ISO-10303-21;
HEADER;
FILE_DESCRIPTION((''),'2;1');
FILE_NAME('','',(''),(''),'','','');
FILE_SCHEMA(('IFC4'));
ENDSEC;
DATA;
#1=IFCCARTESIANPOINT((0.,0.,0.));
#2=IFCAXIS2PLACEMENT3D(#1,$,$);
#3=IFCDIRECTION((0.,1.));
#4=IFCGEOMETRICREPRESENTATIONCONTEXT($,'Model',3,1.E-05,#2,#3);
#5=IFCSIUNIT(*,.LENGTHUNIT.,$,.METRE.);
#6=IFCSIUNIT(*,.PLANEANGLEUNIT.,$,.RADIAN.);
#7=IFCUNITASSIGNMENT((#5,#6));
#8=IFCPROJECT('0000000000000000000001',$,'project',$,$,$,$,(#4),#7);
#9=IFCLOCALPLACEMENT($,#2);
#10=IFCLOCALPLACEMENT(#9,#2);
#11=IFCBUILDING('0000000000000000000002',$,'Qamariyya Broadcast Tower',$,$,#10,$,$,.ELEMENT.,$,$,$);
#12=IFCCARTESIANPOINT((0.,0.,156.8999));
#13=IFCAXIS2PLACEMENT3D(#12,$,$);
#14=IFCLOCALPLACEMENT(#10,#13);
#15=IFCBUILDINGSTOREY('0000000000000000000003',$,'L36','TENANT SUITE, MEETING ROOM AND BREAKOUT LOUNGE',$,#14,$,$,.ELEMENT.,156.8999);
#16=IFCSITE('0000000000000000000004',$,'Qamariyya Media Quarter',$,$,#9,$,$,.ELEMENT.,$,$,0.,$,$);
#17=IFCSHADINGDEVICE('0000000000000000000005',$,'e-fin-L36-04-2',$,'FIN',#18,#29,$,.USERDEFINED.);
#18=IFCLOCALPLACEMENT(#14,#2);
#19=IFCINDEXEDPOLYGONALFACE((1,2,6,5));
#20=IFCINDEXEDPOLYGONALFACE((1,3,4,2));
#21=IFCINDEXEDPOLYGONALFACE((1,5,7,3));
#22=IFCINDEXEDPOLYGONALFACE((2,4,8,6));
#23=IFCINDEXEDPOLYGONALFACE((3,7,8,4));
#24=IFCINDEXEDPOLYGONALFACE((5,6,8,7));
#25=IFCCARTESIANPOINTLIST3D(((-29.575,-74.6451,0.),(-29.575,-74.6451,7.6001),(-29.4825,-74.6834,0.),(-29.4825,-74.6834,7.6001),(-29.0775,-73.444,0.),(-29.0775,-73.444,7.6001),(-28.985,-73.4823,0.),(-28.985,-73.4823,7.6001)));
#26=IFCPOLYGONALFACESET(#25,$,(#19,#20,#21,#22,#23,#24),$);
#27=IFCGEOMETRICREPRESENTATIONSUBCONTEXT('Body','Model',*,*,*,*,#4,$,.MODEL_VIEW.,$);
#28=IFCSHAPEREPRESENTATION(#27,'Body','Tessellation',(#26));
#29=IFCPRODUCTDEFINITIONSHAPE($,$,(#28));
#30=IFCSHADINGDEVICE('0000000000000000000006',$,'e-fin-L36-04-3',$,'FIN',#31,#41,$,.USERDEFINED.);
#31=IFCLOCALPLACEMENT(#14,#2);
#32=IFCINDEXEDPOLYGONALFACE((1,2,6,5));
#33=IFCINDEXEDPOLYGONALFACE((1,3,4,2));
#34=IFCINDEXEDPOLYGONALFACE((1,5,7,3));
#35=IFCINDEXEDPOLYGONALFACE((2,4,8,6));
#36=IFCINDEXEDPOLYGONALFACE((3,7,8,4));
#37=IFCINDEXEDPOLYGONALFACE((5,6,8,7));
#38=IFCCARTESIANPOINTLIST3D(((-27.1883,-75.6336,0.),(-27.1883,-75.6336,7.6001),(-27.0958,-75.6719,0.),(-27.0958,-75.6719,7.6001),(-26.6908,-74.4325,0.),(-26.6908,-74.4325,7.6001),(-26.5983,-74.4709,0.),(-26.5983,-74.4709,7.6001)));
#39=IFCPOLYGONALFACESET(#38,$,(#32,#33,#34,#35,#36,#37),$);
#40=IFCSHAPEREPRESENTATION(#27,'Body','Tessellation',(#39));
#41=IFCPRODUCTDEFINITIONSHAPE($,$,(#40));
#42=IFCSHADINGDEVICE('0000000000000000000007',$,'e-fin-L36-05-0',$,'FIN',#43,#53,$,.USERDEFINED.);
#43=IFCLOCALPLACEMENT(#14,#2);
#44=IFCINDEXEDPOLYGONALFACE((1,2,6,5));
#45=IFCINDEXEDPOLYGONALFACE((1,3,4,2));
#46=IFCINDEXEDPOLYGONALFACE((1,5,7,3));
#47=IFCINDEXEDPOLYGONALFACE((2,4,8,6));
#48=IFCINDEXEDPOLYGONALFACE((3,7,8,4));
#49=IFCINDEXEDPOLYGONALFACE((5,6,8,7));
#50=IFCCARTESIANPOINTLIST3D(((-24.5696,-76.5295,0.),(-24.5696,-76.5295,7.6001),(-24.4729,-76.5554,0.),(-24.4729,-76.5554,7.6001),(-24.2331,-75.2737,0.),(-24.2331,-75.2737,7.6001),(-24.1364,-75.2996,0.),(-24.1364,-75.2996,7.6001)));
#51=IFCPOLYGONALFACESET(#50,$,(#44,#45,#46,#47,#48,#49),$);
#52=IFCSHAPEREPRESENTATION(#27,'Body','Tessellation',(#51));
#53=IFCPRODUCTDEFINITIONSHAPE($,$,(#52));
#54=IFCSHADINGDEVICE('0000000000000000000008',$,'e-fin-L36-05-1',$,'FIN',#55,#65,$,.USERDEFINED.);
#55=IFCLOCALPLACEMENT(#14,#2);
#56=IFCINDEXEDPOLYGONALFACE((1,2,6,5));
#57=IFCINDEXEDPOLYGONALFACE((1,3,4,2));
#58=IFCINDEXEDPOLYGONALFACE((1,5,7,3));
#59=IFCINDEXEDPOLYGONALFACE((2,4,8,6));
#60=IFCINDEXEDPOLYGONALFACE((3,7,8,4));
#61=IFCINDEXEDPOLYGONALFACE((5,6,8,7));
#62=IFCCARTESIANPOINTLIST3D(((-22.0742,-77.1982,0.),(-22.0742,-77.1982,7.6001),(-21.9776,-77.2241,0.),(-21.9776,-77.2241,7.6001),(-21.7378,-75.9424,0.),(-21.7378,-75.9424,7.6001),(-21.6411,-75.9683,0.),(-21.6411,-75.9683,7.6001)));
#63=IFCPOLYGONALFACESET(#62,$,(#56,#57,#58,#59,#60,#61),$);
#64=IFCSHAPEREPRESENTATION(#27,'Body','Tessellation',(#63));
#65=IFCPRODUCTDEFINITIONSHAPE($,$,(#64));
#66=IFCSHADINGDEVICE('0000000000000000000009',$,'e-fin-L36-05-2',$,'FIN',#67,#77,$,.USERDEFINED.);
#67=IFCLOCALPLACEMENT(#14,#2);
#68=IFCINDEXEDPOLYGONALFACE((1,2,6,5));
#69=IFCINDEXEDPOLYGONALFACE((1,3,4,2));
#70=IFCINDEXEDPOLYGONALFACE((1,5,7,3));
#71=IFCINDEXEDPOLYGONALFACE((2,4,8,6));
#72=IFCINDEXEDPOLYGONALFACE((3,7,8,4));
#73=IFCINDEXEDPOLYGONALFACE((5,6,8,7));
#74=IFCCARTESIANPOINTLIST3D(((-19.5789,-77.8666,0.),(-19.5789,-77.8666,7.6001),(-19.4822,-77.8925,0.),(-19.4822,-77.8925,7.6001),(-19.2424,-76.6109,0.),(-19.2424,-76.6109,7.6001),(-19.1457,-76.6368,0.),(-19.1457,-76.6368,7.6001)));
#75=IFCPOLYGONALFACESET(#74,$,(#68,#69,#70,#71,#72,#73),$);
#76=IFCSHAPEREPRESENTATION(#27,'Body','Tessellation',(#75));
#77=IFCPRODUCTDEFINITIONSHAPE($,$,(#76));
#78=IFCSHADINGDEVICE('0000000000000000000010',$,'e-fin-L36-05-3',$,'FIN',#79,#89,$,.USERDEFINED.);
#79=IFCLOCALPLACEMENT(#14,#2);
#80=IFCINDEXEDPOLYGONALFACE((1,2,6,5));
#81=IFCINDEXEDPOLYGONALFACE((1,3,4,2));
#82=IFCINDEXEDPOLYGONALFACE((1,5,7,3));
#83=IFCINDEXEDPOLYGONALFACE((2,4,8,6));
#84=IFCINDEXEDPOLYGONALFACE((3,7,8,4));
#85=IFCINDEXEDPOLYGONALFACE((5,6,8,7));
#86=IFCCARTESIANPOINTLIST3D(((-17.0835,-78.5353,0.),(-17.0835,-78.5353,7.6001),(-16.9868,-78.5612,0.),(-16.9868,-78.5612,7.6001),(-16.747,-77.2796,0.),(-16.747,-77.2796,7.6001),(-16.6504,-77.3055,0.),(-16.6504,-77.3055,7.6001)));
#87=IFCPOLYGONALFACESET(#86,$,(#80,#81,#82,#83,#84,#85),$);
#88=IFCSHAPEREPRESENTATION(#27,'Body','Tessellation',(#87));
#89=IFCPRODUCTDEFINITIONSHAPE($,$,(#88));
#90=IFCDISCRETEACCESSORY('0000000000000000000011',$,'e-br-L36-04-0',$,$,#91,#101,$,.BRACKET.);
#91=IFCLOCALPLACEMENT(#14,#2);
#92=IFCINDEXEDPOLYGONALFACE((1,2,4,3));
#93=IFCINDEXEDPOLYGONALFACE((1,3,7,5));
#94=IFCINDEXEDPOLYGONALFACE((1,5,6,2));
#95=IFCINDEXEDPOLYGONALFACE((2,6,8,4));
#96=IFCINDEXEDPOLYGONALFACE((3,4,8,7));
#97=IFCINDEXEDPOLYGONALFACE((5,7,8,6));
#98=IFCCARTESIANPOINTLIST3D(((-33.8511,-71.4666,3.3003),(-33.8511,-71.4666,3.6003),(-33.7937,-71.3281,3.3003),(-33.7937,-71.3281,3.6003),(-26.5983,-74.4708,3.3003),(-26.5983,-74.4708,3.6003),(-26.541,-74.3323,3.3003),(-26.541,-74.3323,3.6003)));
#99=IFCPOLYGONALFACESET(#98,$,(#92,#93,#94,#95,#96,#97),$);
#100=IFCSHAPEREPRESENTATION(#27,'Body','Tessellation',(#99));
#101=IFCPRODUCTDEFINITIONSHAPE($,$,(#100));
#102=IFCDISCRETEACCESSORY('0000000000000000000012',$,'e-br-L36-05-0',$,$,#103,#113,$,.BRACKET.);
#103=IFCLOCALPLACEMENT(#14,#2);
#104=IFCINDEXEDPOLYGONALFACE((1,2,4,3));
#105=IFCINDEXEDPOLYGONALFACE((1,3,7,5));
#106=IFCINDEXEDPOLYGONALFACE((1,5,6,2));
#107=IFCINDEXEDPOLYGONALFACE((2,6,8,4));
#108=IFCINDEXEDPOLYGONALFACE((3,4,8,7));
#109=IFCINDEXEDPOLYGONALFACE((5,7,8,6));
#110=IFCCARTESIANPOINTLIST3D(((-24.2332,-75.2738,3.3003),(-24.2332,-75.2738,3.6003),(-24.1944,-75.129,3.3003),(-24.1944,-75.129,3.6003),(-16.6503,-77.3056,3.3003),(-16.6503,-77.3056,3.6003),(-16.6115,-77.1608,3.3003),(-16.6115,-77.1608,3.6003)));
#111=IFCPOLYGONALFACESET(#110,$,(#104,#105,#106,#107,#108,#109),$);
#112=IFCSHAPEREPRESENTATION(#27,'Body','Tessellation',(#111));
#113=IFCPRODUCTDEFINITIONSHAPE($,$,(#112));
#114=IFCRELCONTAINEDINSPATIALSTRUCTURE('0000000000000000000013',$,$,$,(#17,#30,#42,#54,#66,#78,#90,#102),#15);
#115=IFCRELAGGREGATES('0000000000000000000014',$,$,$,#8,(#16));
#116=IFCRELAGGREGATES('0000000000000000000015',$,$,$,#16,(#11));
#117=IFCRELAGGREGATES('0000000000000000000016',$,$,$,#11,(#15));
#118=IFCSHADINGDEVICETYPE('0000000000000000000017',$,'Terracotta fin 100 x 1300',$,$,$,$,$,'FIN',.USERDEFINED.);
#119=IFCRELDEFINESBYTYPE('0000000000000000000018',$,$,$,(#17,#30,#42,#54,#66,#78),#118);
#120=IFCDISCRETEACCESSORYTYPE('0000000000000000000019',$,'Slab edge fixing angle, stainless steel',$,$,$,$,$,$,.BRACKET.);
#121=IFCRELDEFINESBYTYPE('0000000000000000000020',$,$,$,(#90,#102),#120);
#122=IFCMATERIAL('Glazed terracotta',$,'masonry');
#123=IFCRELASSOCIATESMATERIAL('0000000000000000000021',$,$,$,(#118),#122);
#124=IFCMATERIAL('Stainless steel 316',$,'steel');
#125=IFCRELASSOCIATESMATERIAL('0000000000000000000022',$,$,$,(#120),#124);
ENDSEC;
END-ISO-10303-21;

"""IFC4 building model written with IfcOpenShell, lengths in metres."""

from ifc_helpers import new_model, si_unit, direction, frame, origin, origin_2d, place, context, subcontext, project, spatial, rectangle, extrude, material, material_profile, profile_set, type_object, element, save


model = new_model("IFC4")

# Units and contexts
model_context = context("Model", 3, precision=1e-05, world=origin(), true_north=direction((0.0, 1.0)))
body_context = subcontext(model_context, "Body", "Model", "MODEL_VIEW")
ifc_project = project(units=[si_unit("LENGTHUNIT", "METRE"), si_unit("PLANEANGLEUNIT", "RADIAN")], contexts=[model_context])

# Site, building, storey
site_placement = place(None, origin())
site = spatial("IfcSite", under=ifc_project, at=site_placement, Name="Qamariyya Media Quarter", CompositionType="ELEMENT", RefElevation=0.0)
building_placement = place(site_placement, origin())
building = spatial("IfcBuilding", under=site, at=building_placement, Name="Qamariyya Broadcast Tower", CompositionType="ELEMENT")
storey_placement = place(building_placement, frame((0.0, 0.0, 156.8999)))
storey = spatial("IfcBuildingStorey", under=building, at=storey_placement, Name="L36", Description="TENANT SUITE, MEETING ROOM AND BREAKOUT LOUNGE", CompositionType="ELEMENT", Elevation=156.8999)

# Shading devices
ifc_material_1 = material(Name="Glazed terracotta", Category="masonry")
ifc_material_profile_1 = material_profile(ifc_material_1, rectangle(XDim=1.3, YDim=0.1001, at=origin_2d()))
ifc_profile_set_1 = profile_set([ifc_material_profile_1], Name="Glazed terracotta")
shading_device_type_1 = type_object("IfcShadingDeviceType", Name="Terracotta fin 100 x 1300", ElementType="FIN", PredefinedType="USERDEFINED", material=ifc_profile_set_1)
for number, where, z_axis, x_axis, name in (
    (1, (-29.28, -74.0637, 0.0), (0.0, 0.0, 1.0), (-0.382683, -0.92388, 0.0), "e-fin-L36-04-2"),
    (2, (-26.8933, -75.0522, 0.0), (0.0, 0.0, 1.0), (-0.382683, -0.92388, 0.0), "e-fin-L36-04-3"),
    (3, (-24.353, -75.9146, 0.0), (0.0, 0.0, 1.0), (-0.258819, -0.965926, 0.0), "e-fin-L36-05-0"),
    (4, (-21.8577, -76.5833, 0.0), (0.0, 0.0, 1.0), (-0.258819, -0.965926, 0.0), "e-fin-L36-05-1"),
    (5, (-19.3623, -77.2517, 0.0), (0.0, 0.0, 1.0), (-0.258819, -0.965926, 0.0), "e-fin-L36-05-2"),
    (6, (-16.8669, -77.9204, 0.0), (0.0, 0.0, 1.0), (-0.258819, -0.965926, 0.0), "e-fin-L36-05-3"),
):
    element("IfcShadingDevice", number, at=place(storey_placement, frame(where, z_axis=z_axis, x_axis=x_axis)), inside=storey, type_object=shading_device_type_1, Name=name, ObjectType="FIN", PredefinedType="USERDEFINED", context=body_context, shape_type="SweptSolid", body=[
        extrude(rectangle(XDim=1.3, YDim=0.1001, at=origin_2d()), origin(), (0.0, 0.0, 1.0), 7.6001),
    ])

# Discrete accessories
ifc_material_2 = material(Name="Stainless steel 316", Category="steel")
discrete_accessory_type = type_object("IfcDiscreteAccessoryType", Name="Slab edge fixing angle, stainless steel", PredefinedType="BRACKET", material=ifc_material_2)
for number, where, z_axis, x_axis, name in (
    (7, (-30.196, -72.8994, 3.3003), (0.0, 0.0, 1.0), (0.92388, -0.382683, 0.0), "e-br-L36-04-0"),
    (8, (-20.4224, -76.2173, 3.3003), (0.0, 0.0, 1.0), (0.965926, -0.258819, 0.0), "e-br-L36-05-0"),
):
    element("IfcDiscreteAccessory", number, at=place(storey_placement, frame(where, z_axis=z_axis, x_axis=x_axis)), inside=storey, type_object=discrete_accessory_type, Name=name, PredefinedType="BRACKET", context=body_context, shape_type="SweptSolid", body=[
        extrude(rectangle(XDim=7.8503, YDim=0.1499, at=origin_2d()), origin(), (0.0, 0.0, 1.0), 0.3),
    ])

save(model, "model.ifc")
